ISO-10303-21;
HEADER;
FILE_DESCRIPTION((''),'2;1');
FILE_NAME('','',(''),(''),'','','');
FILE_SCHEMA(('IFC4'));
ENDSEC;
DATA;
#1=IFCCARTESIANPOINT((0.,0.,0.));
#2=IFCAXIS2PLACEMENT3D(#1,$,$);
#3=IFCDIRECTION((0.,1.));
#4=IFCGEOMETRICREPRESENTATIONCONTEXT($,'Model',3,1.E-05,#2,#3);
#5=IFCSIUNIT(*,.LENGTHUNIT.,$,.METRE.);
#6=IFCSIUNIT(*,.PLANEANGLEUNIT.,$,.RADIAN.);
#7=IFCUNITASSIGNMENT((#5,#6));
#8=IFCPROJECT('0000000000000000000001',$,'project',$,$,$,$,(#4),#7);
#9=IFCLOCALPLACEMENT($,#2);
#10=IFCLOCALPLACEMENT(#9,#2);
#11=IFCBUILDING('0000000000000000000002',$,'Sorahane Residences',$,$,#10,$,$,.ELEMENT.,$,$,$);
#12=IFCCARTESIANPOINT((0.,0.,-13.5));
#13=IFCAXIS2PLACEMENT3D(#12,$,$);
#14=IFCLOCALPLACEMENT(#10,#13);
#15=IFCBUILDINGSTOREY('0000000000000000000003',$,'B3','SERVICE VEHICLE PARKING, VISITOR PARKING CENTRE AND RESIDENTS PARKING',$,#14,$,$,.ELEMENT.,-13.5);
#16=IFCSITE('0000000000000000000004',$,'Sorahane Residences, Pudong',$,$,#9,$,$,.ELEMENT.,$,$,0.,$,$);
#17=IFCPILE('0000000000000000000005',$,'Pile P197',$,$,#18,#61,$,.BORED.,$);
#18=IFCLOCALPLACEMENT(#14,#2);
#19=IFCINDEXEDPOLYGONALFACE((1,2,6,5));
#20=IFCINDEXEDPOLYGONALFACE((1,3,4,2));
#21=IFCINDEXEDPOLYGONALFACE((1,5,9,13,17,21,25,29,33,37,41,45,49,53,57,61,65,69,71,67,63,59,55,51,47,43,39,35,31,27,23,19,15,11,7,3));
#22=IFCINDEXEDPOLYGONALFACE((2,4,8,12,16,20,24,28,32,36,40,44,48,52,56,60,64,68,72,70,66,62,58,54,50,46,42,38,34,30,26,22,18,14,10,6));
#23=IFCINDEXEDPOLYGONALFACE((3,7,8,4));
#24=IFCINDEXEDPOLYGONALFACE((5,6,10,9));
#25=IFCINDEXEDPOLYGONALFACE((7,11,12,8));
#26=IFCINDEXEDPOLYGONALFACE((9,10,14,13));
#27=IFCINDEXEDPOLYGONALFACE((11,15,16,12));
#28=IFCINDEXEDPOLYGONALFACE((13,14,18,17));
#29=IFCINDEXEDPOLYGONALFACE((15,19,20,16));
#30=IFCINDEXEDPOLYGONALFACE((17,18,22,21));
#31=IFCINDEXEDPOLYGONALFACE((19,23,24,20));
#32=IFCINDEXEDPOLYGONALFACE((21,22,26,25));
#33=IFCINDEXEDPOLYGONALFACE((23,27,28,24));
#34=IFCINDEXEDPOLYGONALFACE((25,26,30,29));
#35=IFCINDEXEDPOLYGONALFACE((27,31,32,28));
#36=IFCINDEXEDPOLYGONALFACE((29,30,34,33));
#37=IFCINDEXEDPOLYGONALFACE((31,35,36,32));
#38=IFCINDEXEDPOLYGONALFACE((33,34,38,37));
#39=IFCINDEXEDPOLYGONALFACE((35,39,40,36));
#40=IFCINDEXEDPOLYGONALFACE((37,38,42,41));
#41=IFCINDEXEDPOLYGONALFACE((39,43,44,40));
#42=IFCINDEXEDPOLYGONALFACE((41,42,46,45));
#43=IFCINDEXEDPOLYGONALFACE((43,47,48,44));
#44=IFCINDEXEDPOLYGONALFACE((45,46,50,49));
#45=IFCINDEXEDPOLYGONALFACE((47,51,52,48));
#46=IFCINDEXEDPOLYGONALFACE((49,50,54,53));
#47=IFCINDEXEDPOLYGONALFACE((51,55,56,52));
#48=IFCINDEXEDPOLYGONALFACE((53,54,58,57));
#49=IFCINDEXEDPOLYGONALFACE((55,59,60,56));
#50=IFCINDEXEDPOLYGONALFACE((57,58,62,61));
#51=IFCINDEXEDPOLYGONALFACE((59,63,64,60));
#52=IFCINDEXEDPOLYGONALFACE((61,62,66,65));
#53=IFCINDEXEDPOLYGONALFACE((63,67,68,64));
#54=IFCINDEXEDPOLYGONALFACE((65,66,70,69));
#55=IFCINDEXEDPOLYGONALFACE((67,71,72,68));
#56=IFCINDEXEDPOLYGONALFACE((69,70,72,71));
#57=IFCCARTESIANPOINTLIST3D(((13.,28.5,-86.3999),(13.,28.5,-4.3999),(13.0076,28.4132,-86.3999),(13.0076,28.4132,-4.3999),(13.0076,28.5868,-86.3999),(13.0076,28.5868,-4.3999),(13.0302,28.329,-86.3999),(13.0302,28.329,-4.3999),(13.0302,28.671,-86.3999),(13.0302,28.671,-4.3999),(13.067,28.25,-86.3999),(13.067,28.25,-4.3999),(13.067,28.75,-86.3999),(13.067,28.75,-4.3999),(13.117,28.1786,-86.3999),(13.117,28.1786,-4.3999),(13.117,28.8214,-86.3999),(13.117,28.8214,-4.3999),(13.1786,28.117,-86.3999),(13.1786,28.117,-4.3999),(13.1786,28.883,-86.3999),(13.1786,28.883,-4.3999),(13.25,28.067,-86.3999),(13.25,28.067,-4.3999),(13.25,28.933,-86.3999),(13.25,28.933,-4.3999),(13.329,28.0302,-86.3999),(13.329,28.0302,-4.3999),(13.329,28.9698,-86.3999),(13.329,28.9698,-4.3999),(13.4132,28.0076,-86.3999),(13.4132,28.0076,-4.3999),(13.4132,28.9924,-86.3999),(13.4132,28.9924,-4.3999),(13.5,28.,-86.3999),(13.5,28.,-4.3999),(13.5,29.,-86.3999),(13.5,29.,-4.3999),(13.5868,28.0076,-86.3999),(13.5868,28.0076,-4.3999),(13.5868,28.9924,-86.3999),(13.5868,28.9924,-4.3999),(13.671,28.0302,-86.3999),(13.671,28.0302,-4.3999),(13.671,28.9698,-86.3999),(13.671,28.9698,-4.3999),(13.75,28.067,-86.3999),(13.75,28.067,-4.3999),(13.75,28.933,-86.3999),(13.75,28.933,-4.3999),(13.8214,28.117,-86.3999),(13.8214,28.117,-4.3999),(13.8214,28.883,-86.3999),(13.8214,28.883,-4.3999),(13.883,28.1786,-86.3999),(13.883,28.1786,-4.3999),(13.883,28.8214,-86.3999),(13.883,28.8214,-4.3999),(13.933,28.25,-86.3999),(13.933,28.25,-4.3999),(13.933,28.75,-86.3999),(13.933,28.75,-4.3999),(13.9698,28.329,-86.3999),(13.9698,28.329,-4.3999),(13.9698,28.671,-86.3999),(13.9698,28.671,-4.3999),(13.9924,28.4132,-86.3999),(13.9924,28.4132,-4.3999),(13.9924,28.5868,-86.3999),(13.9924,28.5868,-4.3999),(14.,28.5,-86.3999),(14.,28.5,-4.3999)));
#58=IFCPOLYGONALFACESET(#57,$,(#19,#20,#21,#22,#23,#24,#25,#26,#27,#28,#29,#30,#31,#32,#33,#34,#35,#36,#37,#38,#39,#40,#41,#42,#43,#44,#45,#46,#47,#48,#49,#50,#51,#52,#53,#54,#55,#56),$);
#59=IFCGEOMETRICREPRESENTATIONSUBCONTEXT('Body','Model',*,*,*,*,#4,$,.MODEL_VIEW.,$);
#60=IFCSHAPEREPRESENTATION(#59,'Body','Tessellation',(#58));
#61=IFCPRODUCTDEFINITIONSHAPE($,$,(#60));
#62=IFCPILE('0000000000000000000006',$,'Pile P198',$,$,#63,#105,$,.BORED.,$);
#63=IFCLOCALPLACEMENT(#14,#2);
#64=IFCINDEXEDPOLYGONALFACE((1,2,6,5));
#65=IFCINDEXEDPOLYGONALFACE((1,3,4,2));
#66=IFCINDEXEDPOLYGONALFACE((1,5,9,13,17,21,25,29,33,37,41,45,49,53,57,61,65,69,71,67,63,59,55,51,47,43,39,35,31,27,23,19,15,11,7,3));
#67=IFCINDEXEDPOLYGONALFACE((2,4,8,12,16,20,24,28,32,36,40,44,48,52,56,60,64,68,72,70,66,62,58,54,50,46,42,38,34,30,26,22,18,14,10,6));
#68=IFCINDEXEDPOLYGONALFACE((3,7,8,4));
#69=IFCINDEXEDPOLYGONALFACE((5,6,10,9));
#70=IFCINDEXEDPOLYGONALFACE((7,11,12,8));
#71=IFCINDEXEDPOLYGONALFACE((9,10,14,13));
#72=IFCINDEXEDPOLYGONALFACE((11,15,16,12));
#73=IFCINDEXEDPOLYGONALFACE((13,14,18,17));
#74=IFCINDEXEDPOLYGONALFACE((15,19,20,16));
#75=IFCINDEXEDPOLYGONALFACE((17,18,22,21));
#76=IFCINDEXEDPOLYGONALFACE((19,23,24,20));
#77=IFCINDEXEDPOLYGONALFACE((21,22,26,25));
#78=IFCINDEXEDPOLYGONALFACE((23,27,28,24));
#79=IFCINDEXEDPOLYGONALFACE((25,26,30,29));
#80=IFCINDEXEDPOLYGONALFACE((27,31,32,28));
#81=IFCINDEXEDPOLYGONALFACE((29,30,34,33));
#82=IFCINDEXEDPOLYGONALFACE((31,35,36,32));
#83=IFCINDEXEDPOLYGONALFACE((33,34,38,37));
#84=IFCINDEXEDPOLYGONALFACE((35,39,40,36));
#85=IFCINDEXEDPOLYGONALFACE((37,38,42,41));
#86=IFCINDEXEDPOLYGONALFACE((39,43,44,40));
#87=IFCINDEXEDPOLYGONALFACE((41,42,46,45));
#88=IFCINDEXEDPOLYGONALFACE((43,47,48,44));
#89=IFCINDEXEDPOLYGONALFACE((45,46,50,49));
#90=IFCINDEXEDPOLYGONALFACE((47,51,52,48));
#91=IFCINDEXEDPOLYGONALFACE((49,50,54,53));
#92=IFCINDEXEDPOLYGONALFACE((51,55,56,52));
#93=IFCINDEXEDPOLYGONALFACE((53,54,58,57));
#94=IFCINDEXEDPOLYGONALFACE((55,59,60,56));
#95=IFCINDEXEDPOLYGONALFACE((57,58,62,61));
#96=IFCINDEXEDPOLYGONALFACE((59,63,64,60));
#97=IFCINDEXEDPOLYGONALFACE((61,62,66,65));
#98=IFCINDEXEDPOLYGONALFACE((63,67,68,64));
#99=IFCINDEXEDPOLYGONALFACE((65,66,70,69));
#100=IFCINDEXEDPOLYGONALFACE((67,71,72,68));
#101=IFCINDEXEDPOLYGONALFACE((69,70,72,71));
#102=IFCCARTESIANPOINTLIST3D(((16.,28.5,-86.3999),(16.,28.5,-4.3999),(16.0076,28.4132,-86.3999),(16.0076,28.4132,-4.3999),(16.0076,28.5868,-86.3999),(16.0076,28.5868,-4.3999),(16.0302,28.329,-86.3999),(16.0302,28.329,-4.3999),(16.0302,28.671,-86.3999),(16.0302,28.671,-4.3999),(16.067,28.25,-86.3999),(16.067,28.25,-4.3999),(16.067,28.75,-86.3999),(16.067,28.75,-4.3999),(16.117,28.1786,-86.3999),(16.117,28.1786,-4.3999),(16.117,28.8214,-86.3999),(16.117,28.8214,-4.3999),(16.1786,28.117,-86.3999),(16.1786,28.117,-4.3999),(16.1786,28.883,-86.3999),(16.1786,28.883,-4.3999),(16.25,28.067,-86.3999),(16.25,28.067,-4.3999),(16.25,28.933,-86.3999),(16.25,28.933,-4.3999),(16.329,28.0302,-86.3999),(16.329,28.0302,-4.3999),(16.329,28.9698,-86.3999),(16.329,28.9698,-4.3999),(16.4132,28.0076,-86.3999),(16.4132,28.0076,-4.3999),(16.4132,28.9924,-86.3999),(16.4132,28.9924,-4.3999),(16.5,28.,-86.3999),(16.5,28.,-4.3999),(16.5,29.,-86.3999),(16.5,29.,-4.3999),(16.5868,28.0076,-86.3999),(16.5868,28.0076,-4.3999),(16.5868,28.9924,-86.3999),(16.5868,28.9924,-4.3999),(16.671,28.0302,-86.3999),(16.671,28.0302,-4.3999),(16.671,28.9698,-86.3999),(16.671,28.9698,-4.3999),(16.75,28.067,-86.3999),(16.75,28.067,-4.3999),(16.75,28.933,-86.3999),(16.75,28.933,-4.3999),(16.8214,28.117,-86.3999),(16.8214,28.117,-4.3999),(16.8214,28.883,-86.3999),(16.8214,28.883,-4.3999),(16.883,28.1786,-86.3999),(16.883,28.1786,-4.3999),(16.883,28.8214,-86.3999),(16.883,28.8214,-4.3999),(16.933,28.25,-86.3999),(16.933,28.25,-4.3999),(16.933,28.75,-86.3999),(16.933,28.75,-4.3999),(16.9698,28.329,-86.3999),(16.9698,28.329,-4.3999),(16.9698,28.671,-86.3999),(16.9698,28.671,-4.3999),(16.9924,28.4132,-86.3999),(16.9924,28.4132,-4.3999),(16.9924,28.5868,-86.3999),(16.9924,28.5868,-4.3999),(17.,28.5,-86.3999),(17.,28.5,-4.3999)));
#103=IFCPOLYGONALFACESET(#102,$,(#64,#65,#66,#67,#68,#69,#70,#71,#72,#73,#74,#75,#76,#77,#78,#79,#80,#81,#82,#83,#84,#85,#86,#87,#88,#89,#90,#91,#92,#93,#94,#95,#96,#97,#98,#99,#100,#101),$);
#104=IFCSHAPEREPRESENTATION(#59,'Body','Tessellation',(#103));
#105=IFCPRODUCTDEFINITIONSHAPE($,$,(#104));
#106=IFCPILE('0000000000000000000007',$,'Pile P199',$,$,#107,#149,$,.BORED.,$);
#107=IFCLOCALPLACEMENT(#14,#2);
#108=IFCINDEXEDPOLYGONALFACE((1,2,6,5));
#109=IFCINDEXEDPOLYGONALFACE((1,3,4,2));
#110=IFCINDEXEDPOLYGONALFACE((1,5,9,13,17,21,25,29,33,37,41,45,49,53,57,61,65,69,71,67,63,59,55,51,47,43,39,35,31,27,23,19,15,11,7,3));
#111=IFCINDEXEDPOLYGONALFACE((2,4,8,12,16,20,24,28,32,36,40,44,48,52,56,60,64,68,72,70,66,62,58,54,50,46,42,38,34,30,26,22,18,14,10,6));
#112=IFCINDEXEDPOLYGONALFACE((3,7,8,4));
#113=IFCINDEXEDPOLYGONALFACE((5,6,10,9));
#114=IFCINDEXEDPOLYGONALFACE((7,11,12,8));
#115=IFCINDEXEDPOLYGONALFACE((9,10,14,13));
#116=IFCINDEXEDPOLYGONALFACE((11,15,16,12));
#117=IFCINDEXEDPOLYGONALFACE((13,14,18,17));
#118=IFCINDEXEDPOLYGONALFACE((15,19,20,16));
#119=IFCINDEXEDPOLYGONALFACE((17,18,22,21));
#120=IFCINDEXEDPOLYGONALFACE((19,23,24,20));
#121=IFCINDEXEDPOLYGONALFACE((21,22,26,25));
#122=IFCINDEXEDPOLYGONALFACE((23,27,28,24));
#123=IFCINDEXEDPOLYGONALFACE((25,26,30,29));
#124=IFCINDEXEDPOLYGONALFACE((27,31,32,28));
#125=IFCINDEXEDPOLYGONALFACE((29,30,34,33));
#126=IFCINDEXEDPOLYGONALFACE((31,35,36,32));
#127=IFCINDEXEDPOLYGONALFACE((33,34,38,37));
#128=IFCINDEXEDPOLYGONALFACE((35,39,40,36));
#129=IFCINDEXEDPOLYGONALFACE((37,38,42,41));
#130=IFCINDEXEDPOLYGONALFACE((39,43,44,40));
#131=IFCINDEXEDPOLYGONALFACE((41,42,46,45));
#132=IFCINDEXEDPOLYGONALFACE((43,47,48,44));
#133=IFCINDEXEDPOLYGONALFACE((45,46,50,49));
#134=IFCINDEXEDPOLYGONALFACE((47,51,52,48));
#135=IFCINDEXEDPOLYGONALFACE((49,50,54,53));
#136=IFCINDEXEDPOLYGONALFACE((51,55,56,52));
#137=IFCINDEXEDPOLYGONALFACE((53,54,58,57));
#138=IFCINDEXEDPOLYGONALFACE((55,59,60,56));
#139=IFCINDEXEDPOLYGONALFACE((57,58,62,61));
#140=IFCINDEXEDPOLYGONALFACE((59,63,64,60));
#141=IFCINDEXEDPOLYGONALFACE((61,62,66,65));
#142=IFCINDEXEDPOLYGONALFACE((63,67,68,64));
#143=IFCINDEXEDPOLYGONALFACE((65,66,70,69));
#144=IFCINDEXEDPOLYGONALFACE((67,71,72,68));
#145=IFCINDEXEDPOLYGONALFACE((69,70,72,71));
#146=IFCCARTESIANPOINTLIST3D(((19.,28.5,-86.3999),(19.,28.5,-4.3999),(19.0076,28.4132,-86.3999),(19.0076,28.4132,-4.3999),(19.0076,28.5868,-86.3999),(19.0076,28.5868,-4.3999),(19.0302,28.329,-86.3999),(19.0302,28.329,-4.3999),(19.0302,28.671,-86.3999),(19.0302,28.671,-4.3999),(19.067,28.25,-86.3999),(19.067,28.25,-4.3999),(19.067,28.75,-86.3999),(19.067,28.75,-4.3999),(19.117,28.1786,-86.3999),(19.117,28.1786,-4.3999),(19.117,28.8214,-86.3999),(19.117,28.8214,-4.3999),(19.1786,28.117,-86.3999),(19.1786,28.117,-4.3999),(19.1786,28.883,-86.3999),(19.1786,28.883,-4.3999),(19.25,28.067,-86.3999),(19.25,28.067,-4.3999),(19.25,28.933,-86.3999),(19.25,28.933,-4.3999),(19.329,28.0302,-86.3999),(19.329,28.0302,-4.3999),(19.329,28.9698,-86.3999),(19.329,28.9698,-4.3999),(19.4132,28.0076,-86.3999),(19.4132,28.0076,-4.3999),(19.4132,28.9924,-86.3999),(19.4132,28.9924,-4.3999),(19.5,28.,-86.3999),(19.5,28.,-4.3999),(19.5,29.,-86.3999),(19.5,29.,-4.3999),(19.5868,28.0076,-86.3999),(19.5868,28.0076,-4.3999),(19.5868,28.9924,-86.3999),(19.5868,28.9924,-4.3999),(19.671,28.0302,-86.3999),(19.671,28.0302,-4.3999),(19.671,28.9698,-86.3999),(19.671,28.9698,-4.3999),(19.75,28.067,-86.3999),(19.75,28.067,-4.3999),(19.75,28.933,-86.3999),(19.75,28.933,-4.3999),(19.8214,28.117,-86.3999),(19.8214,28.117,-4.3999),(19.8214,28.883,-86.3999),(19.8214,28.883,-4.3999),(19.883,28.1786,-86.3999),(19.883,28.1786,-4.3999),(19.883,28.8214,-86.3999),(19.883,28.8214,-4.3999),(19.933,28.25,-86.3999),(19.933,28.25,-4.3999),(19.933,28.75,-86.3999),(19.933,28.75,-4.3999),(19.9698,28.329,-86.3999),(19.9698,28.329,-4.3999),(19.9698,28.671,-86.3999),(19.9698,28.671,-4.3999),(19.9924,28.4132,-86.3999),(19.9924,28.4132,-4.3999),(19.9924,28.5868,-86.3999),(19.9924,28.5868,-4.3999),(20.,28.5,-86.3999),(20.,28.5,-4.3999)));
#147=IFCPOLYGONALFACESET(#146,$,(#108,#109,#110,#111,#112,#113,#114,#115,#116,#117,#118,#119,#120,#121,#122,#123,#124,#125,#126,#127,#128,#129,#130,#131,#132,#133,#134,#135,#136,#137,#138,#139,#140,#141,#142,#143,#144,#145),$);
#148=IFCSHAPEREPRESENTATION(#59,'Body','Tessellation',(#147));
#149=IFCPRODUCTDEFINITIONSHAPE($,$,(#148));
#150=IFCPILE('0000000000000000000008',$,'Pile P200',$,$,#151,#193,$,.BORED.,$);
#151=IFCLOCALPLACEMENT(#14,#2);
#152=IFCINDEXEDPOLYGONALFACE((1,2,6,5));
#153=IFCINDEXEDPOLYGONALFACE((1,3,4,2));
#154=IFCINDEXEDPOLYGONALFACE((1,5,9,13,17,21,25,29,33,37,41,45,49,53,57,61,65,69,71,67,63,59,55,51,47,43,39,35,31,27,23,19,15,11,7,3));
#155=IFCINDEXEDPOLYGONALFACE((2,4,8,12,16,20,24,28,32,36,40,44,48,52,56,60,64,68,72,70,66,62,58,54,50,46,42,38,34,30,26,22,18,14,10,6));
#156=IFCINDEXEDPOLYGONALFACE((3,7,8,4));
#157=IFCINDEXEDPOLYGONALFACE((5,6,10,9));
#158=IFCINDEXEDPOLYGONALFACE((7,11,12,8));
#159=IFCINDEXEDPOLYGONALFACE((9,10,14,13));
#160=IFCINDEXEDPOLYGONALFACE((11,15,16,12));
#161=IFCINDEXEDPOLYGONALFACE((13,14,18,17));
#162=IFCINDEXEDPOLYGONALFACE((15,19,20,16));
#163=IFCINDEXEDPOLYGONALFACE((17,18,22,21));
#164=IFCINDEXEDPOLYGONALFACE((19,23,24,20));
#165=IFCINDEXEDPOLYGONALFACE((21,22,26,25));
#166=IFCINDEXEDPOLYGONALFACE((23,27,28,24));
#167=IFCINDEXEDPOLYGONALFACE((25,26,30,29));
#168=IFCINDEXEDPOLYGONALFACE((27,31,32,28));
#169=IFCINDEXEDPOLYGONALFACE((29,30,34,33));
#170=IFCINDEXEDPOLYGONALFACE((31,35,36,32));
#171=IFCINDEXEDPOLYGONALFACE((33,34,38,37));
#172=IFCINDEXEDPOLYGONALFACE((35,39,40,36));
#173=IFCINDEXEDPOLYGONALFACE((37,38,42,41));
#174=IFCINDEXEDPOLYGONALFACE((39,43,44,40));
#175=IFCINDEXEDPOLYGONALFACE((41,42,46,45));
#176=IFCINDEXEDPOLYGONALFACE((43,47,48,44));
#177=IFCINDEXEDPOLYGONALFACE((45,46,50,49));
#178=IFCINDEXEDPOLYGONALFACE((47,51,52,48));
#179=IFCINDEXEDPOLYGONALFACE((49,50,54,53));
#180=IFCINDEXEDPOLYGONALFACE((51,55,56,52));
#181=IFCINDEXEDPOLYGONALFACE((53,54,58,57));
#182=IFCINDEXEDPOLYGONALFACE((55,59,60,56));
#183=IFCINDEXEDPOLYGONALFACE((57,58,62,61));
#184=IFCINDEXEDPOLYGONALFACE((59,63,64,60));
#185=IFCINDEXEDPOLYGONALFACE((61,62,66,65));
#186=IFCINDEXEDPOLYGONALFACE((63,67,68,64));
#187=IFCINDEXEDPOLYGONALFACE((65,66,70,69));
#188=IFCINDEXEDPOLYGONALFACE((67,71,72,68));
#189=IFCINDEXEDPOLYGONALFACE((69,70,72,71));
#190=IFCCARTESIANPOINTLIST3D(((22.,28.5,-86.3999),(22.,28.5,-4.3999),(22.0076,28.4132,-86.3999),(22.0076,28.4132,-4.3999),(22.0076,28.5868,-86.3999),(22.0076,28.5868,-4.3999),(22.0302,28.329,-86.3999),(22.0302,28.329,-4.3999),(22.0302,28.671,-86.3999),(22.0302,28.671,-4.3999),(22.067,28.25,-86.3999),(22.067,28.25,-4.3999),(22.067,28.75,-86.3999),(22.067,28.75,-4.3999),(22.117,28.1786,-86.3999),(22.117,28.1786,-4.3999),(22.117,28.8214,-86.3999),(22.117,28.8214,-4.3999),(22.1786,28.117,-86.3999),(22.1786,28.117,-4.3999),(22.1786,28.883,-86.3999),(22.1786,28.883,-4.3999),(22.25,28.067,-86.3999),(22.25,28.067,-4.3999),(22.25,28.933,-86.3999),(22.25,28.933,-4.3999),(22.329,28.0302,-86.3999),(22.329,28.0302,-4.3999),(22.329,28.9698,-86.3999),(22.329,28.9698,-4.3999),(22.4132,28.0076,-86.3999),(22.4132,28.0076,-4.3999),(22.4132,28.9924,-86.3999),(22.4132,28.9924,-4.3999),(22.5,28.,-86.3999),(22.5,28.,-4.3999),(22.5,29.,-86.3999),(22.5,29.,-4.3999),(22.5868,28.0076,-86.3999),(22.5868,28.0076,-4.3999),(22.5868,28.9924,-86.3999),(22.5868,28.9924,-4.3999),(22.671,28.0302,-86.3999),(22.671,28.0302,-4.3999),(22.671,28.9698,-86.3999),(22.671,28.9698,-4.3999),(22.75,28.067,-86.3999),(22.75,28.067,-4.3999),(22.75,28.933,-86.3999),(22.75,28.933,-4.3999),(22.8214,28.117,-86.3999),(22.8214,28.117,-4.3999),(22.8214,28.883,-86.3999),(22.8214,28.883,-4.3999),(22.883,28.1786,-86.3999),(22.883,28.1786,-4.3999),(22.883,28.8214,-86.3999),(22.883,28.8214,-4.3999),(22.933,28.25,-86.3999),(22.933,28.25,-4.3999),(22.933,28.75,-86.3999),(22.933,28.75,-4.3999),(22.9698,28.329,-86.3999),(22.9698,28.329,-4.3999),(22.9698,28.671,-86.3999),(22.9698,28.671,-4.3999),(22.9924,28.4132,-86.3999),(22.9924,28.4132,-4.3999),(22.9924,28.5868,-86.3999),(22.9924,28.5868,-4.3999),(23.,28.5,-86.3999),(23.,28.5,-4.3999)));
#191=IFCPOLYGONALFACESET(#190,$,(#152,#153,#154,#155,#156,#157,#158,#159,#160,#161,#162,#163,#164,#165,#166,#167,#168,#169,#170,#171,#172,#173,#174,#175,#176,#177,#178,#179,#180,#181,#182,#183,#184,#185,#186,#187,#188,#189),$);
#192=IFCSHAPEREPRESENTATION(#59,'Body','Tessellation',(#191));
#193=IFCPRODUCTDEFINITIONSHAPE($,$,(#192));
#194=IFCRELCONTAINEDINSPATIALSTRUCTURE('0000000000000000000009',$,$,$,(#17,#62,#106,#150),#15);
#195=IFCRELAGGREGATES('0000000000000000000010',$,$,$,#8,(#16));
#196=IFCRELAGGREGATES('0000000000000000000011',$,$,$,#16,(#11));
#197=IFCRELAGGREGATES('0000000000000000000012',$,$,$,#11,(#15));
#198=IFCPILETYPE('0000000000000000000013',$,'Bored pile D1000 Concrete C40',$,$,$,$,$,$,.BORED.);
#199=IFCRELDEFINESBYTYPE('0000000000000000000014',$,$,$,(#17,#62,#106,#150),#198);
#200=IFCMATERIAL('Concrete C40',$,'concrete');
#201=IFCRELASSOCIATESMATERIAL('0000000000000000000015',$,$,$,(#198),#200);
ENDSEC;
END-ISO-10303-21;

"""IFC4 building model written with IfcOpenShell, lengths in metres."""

from ifc_helpers import new_model, si_unit, direction, frame, origin, origin_2d, place, context, subcontext, project, spatial, circle, extrude, material, material_profile, profile_set, type_object, element, save


model = new_model("IFC4")

# Units and contexts
model_context = context("Model", 3, precision=1e-05, world=origin(), true_north=direction((0.0, 1.0)))
body_context = subcontext(model_context, "Body", "Model", "MODEL_VIEW")
ifc_project = project(units=[si_unit("LENGTHUNIT", "METRE"), si_unit("PLANEANGLEUNIT", "RADIAN")], contexts=[model_context])

# Site, building, storey
site_placement = place(None, origin())
site = spatial("IfcSite", under=ifc_project, at=site_placement, Name="Sorahane Residences, Pudong", CompositionType="ELEMENT", RefElevation=0.0)
building_placement = place(site_placement, origin())
building = spatial("IfcBuilding", under=site, at=building_placement, Name="Sorahane Residences", CompositionType="ELEMENT")
storey_placement = place(building_placement, frame((0.0, 0.0, -13.5)))
storey = spatial("IfcBuildingStorey", under=building, at=storey_placement, Name="B3", Description="SERVICE VEHICLE PARKING, VISITOR PARKING CENTRE AND RESIDENTS PARKING", CompositionType="ELEMENT", Elevation=-13.5)

# Piles
ifc_material_1 = material(Name="Concrete C40", Category="concrete")
ifc_material_profile_1 = material_profile(ifc_material_1, circle(Radius=0.5, at=origin_2d()), Name="D1000")
ifc_profile_set_1 = profile_set([ifc_material_profile_1], Name="Concrete C40")
pile_type = type_object("IfcPileType", Name="Bored pile D1000 Concrete C40", PredefinedType="BORED", material=ifc_profile_set_1)
for number, where, z_axis, x_axis, name in (
    (1, (13.5, 28.5, -4.3999), (0.0, 0.0, -1.0), (1.0, 0.0, 0.0), "Pile P197"),
    (2, (16.5, 28.5, -4.3999), (0.0, 0.0, -1.0), (1.0, 0.0, 0.0), "Pile P198"),
    (3, (19.5, 28.5, -4.3999), (0.0, 0.0, -1.0), (1.0, 0.0, 0.0), "Pile P199"),
    (4, (22.5, 28.5, -4.3999), (0.0, 0.0, -1.0), (1.0, 0.0, 0.0), "Pile P200"),
):
    element("IfcPile", number, at=place(storey_placement, frame(where, z_axis=z_axis, x_axis=x_axis)), inside=storey, type_object=pile_type, Name=name, PredefinedType="BORED", context=body_context, shape_type="SweptSolid", body=[
        extrude(circle(Radius=0.5, at=origin_2d()), origin(), (0.0, 0.0, 1.0), 82.0),
    ])

save(model, "model.ifc")
